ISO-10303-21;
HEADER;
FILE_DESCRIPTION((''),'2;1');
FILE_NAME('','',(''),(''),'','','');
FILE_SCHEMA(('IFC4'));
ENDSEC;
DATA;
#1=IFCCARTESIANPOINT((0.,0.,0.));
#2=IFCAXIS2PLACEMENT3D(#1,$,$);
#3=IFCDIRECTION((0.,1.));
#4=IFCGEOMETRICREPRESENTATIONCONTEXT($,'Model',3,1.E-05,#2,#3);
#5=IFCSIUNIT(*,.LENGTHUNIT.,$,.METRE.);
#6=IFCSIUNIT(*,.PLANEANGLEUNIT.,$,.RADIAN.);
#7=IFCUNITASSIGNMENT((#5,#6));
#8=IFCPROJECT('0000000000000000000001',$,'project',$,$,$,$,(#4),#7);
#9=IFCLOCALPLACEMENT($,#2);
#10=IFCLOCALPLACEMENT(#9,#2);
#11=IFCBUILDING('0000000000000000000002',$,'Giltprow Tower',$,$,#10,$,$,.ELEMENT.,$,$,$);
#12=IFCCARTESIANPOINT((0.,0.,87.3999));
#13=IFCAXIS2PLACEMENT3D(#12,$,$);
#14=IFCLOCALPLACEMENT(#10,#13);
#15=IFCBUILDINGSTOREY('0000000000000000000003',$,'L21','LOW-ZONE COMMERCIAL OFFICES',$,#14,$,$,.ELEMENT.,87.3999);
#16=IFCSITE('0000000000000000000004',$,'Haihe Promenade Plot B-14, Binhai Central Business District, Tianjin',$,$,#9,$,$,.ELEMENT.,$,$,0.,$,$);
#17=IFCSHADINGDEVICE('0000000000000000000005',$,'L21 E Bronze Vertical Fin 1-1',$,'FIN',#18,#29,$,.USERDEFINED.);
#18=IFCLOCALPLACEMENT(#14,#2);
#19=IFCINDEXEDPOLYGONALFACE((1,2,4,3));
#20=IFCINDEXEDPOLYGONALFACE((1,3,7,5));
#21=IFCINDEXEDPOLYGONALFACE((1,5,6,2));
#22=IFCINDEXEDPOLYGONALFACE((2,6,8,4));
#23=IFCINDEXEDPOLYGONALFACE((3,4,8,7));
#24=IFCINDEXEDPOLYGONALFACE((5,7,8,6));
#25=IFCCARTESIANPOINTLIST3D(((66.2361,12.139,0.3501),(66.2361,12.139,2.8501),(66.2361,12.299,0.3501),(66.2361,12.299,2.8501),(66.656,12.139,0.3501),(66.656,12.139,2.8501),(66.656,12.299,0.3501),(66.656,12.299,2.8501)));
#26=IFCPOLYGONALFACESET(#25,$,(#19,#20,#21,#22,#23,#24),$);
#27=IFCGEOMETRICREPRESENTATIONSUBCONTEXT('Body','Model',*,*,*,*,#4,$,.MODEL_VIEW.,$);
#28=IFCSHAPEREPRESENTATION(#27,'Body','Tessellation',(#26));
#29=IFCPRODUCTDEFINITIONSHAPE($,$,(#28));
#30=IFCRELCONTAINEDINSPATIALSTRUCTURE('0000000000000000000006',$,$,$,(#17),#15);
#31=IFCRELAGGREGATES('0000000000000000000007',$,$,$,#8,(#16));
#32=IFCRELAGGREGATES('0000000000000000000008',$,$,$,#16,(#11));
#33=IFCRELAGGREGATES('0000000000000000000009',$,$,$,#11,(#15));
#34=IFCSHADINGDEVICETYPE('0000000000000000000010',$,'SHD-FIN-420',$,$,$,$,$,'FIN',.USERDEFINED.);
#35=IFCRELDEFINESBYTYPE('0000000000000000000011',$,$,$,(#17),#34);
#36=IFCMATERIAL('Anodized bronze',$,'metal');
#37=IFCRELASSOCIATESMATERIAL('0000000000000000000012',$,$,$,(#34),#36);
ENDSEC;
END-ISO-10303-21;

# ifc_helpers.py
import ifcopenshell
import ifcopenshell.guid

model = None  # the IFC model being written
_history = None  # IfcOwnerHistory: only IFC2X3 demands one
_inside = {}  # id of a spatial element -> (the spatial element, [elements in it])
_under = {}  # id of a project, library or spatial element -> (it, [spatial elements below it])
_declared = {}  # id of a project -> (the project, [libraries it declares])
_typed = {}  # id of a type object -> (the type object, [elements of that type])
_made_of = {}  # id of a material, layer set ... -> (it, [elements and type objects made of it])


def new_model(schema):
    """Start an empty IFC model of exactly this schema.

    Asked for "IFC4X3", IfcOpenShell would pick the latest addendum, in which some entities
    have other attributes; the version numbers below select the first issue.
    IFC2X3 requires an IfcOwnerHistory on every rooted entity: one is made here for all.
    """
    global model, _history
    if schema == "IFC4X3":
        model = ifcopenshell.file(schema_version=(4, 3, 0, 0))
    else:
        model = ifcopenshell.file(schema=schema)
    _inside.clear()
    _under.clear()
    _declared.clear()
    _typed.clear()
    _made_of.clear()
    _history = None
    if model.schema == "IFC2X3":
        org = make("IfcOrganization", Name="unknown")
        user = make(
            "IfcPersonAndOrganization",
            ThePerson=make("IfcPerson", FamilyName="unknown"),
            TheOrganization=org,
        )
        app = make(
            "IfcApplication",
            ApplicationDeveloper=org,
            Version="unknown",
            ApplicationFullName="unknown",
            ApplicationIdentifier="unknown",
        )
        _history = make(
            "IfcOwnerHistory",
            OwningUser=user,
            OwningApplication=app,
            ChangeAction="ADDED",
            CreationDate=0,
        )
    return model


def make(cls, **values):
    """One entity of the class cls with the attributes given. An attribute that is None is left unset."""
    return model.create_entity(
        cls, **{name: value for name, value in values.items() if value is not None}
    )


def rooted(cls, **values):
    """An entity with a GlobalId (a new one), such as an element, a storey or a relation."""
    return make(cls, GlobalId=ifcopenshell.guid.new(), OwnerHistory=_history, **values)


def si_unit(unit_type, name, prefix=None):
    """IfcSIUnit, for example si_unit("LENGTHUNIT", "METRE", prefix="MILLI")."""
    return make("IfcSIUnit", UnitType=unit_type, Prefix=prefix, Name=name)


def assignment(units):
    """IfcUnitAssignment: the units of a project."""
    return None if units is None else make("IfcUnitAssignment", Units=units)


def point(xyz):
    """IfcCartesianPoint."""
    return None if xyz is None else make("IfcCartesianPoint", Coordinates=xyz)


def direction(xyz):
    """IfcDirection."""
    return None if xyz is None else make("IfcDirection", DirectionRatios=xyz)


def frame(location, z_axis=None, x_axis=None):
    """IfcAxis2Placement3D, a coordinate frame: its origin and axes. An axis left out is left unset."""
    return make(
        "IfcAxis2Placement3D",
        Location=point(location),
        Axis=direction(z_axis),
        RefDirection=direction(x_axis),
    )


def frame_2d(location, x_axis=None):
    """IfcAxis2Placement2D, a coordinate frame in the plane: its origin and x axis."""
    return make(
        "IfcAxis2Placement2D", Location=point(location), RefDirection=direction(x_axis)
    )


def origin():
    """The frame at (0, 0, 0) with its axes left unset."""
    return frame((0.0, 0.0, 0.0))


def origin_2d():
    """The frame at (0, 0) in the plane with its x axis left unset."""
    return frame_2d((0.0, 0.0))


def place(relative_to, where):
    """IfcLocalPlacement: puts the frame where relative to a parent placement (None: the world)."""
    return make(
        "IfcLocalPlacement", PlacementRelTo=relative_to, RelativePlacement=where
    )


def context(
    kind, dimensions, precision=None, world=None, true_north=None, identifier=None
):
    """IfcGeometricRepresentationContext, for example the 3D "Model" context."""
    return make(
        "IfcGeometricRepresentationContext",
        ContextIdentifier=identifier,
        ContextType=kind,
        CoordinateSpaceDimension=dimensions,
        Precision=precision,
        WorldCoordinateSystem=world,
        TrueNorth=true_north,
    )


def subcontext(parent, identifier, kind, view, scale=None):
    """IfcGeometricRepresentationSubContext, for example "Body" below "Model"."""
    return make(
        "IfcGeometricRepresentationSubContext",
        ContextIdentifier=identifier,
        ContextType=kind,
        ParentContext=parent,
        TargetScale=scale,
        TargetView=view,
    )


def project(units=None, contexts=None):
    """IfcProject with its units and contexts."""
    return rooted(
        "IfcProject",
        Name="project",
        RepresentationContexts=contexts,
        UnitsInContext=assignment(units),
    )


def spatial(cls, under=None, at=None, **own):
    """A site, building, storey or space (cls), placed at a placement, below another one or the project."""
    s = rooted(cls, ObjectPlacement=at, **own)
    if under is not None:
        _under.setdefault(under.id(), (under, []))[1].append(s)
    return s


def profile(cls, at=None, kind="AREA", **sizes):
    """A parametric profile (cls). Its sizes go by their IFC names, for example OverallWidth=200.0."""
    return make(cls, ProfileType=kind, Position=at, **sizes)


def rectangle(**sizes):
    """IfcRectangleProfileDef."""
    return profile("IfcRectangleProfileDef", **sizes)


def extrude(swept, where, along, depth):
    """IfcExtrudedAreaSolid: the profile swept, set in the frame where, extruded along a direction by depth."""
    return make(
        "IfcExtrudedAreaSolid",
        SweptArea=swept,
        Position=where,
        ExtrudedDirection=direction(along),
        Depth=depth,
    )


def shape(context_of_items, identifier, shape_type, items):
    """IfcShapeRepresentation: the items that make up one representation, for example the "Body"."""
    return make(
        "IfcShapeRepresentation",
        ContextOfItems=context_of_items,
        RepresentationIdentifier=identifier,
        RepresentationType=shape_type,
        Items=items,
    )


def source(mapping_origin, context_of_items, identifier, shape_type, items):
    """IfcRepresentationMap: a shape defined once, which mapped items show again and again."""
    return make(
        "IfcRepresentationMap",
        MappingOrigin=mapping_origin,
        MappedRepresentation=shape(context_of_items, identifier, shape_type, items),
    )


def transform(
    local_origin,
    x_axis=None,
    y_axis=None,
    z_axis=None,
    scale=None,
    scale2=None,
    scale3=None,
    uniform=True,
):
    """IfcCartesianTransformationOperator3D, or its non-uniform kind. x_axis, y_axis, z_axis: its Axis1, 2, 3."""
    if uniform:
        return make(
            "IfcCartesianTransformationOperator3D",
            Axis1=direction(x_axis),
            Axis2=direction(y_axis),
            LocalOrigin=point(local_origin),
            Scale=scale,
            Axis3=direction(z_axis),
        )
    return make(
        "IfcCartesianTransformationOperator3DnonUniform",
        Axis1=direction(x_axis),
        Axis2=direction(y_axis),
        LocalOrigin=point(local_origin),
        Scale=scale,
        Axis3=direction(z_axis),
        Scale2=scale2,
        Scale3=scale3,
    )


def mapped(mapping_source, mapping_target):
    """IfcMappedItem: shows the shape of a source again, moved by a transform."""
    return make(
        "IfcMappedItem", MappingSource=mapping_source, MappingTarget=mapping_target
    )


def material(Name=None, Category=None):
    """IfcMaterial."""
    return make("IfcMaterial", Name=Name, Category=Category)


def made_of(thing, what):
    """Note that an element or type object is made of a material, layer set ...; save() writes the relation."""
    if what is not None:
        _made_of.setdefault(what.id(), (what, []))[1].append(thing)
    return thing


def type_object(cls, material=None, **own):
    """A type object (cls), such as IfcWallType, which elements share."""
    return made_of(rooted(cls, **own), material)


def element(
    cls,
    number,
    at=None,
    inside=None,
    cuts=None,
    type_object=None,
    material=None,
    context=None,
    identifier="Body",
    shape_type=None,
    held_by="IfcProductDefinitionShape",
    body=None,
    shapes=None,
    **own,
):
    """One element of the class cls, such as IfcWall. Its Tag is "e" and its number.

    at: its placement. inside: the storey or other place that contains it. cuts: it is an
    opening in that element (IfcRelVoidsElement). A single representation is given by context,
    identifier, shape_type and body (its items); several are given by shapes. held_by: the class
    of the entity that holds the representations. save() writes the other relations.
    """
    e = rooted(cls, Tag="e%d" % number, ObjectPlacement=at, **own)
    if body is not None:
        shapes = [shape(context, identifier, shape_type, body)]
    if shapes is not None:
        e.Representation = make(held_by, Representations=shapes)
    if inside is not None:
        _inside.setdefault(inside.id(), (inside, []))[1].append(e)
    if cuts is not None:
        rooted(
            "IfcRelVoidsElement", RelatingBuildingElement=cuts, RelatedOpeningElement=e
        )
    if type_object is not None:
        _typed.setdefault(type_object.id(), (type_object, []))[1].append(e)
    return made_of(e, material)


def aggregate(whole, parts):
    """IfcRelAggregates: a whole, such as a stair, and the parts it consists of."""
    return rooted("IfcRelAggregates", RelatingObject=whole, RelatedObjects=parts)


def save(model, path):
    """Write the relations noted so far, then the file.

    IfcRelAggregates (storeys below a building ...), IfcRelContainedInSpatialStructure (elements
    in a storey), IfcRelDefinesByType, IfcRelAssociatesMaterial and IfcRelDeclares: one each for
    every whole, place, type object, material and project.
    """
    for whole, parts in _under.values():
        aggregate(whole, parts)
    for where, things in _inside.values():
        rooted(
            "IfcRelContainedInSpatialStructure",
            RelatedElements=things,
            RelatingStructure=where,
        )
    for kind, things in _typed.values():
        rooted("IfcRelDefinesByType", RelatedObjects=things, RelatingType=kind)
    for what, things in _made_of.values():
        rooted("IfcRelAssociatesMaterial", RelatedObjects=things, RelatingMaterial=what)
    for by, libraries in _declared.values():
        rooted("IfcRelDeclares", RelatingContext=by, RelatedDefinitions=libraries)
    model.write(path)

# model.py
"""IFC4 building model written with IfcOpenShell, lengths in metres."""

from ifc_helpers import new_model, si_unit, direction, frame, origin, origin_2d, place, context, subcontext, project, spatial, rectangle, extrude, source, transform, mapped, material, type_object, element, save


model = new_model("IFC4")

# Units and contexts
model_context = context("Model", 3, precision=1e-05, world=origin(), true_north=direction((0.0, 1.0)))
body_context = subcontext(model_context, "Body", "Model", "MODEL_VIEW")
ifc_project = project(units=[si_unit("LENGTHUNIT", "METRE"), si_unit("PLANEANGLEUNIT", "RADIAN")], contexts=[model_context])

# Site, building, storey
site_placement = place(None, origin())
site = spatial("IfcSite", under=ifc_project, at=site_placement, Name="Haihe Promenade Plot B-14, Binhai Central Business District, Tianjin", CompositionType="ELEMENT", RefElevation=0.0)
building_placement = place(site_placement, origin())
building = spatial("IfcBuilding", under=site, at=building_placement, Name="Giltprow Tower", CompositionType="ELEMENT")
storey_placement = place(building_placement, frame((0.0, 0.0, 87.3999)))
storey = spatial("IfcBuildingStorey", under=building, at=storey_placement, Name="L21", Description="LOW-ZONE COMMERCIAL OFFICES", CompositionType="ELEMENT", Elevation=87.3999)

# Shared definitions
ifc_material_1 = material(Name="Anodized bronze", Category="metal")

# Shading device
shading_device_type = type_object("IfcShadingDeviceType", Name="SHD-FIN-420", ElementType="FIN", PredefinedType="USERDEFINED", material=ifc_material_1)
shared_shape_1 = source(origin(), body_context, "Body", "SweptSolid", [
    extrude(rectangle(XDim=0.4199, YDim=0.1599, at=origin_2d()), origin(), (0.0, 0.0, 1.0), 2.5),
])
shading_device_placement = place(storey_placement, frame((66.446, 12.219, 0.3501), z_axis=(0.0, 0.0, 1.0), x_axis=(1.0, 0.0, 0.0)))
element("IfcShadingDevice", 1, at=shading_device_placement, inside=storey, type_object=shading_device_type, Name="L21 E Bronze Vertical Fin 1-1", ObjectType="FIN", PredefinedType="USERDEFINED", context=body_context, shape_type="MappedRepresentation", body=[
    mapped(shared_shape_1, transform((0.0, 0.0, 0.0), x_axis=(1.0, 0.0, 0.0), y_axis=(0.0, 1.0, 0.0), z_axis=(0.0, 0.0, 1.0), scale=1.0)),
])

save(model, "model.ifc")
